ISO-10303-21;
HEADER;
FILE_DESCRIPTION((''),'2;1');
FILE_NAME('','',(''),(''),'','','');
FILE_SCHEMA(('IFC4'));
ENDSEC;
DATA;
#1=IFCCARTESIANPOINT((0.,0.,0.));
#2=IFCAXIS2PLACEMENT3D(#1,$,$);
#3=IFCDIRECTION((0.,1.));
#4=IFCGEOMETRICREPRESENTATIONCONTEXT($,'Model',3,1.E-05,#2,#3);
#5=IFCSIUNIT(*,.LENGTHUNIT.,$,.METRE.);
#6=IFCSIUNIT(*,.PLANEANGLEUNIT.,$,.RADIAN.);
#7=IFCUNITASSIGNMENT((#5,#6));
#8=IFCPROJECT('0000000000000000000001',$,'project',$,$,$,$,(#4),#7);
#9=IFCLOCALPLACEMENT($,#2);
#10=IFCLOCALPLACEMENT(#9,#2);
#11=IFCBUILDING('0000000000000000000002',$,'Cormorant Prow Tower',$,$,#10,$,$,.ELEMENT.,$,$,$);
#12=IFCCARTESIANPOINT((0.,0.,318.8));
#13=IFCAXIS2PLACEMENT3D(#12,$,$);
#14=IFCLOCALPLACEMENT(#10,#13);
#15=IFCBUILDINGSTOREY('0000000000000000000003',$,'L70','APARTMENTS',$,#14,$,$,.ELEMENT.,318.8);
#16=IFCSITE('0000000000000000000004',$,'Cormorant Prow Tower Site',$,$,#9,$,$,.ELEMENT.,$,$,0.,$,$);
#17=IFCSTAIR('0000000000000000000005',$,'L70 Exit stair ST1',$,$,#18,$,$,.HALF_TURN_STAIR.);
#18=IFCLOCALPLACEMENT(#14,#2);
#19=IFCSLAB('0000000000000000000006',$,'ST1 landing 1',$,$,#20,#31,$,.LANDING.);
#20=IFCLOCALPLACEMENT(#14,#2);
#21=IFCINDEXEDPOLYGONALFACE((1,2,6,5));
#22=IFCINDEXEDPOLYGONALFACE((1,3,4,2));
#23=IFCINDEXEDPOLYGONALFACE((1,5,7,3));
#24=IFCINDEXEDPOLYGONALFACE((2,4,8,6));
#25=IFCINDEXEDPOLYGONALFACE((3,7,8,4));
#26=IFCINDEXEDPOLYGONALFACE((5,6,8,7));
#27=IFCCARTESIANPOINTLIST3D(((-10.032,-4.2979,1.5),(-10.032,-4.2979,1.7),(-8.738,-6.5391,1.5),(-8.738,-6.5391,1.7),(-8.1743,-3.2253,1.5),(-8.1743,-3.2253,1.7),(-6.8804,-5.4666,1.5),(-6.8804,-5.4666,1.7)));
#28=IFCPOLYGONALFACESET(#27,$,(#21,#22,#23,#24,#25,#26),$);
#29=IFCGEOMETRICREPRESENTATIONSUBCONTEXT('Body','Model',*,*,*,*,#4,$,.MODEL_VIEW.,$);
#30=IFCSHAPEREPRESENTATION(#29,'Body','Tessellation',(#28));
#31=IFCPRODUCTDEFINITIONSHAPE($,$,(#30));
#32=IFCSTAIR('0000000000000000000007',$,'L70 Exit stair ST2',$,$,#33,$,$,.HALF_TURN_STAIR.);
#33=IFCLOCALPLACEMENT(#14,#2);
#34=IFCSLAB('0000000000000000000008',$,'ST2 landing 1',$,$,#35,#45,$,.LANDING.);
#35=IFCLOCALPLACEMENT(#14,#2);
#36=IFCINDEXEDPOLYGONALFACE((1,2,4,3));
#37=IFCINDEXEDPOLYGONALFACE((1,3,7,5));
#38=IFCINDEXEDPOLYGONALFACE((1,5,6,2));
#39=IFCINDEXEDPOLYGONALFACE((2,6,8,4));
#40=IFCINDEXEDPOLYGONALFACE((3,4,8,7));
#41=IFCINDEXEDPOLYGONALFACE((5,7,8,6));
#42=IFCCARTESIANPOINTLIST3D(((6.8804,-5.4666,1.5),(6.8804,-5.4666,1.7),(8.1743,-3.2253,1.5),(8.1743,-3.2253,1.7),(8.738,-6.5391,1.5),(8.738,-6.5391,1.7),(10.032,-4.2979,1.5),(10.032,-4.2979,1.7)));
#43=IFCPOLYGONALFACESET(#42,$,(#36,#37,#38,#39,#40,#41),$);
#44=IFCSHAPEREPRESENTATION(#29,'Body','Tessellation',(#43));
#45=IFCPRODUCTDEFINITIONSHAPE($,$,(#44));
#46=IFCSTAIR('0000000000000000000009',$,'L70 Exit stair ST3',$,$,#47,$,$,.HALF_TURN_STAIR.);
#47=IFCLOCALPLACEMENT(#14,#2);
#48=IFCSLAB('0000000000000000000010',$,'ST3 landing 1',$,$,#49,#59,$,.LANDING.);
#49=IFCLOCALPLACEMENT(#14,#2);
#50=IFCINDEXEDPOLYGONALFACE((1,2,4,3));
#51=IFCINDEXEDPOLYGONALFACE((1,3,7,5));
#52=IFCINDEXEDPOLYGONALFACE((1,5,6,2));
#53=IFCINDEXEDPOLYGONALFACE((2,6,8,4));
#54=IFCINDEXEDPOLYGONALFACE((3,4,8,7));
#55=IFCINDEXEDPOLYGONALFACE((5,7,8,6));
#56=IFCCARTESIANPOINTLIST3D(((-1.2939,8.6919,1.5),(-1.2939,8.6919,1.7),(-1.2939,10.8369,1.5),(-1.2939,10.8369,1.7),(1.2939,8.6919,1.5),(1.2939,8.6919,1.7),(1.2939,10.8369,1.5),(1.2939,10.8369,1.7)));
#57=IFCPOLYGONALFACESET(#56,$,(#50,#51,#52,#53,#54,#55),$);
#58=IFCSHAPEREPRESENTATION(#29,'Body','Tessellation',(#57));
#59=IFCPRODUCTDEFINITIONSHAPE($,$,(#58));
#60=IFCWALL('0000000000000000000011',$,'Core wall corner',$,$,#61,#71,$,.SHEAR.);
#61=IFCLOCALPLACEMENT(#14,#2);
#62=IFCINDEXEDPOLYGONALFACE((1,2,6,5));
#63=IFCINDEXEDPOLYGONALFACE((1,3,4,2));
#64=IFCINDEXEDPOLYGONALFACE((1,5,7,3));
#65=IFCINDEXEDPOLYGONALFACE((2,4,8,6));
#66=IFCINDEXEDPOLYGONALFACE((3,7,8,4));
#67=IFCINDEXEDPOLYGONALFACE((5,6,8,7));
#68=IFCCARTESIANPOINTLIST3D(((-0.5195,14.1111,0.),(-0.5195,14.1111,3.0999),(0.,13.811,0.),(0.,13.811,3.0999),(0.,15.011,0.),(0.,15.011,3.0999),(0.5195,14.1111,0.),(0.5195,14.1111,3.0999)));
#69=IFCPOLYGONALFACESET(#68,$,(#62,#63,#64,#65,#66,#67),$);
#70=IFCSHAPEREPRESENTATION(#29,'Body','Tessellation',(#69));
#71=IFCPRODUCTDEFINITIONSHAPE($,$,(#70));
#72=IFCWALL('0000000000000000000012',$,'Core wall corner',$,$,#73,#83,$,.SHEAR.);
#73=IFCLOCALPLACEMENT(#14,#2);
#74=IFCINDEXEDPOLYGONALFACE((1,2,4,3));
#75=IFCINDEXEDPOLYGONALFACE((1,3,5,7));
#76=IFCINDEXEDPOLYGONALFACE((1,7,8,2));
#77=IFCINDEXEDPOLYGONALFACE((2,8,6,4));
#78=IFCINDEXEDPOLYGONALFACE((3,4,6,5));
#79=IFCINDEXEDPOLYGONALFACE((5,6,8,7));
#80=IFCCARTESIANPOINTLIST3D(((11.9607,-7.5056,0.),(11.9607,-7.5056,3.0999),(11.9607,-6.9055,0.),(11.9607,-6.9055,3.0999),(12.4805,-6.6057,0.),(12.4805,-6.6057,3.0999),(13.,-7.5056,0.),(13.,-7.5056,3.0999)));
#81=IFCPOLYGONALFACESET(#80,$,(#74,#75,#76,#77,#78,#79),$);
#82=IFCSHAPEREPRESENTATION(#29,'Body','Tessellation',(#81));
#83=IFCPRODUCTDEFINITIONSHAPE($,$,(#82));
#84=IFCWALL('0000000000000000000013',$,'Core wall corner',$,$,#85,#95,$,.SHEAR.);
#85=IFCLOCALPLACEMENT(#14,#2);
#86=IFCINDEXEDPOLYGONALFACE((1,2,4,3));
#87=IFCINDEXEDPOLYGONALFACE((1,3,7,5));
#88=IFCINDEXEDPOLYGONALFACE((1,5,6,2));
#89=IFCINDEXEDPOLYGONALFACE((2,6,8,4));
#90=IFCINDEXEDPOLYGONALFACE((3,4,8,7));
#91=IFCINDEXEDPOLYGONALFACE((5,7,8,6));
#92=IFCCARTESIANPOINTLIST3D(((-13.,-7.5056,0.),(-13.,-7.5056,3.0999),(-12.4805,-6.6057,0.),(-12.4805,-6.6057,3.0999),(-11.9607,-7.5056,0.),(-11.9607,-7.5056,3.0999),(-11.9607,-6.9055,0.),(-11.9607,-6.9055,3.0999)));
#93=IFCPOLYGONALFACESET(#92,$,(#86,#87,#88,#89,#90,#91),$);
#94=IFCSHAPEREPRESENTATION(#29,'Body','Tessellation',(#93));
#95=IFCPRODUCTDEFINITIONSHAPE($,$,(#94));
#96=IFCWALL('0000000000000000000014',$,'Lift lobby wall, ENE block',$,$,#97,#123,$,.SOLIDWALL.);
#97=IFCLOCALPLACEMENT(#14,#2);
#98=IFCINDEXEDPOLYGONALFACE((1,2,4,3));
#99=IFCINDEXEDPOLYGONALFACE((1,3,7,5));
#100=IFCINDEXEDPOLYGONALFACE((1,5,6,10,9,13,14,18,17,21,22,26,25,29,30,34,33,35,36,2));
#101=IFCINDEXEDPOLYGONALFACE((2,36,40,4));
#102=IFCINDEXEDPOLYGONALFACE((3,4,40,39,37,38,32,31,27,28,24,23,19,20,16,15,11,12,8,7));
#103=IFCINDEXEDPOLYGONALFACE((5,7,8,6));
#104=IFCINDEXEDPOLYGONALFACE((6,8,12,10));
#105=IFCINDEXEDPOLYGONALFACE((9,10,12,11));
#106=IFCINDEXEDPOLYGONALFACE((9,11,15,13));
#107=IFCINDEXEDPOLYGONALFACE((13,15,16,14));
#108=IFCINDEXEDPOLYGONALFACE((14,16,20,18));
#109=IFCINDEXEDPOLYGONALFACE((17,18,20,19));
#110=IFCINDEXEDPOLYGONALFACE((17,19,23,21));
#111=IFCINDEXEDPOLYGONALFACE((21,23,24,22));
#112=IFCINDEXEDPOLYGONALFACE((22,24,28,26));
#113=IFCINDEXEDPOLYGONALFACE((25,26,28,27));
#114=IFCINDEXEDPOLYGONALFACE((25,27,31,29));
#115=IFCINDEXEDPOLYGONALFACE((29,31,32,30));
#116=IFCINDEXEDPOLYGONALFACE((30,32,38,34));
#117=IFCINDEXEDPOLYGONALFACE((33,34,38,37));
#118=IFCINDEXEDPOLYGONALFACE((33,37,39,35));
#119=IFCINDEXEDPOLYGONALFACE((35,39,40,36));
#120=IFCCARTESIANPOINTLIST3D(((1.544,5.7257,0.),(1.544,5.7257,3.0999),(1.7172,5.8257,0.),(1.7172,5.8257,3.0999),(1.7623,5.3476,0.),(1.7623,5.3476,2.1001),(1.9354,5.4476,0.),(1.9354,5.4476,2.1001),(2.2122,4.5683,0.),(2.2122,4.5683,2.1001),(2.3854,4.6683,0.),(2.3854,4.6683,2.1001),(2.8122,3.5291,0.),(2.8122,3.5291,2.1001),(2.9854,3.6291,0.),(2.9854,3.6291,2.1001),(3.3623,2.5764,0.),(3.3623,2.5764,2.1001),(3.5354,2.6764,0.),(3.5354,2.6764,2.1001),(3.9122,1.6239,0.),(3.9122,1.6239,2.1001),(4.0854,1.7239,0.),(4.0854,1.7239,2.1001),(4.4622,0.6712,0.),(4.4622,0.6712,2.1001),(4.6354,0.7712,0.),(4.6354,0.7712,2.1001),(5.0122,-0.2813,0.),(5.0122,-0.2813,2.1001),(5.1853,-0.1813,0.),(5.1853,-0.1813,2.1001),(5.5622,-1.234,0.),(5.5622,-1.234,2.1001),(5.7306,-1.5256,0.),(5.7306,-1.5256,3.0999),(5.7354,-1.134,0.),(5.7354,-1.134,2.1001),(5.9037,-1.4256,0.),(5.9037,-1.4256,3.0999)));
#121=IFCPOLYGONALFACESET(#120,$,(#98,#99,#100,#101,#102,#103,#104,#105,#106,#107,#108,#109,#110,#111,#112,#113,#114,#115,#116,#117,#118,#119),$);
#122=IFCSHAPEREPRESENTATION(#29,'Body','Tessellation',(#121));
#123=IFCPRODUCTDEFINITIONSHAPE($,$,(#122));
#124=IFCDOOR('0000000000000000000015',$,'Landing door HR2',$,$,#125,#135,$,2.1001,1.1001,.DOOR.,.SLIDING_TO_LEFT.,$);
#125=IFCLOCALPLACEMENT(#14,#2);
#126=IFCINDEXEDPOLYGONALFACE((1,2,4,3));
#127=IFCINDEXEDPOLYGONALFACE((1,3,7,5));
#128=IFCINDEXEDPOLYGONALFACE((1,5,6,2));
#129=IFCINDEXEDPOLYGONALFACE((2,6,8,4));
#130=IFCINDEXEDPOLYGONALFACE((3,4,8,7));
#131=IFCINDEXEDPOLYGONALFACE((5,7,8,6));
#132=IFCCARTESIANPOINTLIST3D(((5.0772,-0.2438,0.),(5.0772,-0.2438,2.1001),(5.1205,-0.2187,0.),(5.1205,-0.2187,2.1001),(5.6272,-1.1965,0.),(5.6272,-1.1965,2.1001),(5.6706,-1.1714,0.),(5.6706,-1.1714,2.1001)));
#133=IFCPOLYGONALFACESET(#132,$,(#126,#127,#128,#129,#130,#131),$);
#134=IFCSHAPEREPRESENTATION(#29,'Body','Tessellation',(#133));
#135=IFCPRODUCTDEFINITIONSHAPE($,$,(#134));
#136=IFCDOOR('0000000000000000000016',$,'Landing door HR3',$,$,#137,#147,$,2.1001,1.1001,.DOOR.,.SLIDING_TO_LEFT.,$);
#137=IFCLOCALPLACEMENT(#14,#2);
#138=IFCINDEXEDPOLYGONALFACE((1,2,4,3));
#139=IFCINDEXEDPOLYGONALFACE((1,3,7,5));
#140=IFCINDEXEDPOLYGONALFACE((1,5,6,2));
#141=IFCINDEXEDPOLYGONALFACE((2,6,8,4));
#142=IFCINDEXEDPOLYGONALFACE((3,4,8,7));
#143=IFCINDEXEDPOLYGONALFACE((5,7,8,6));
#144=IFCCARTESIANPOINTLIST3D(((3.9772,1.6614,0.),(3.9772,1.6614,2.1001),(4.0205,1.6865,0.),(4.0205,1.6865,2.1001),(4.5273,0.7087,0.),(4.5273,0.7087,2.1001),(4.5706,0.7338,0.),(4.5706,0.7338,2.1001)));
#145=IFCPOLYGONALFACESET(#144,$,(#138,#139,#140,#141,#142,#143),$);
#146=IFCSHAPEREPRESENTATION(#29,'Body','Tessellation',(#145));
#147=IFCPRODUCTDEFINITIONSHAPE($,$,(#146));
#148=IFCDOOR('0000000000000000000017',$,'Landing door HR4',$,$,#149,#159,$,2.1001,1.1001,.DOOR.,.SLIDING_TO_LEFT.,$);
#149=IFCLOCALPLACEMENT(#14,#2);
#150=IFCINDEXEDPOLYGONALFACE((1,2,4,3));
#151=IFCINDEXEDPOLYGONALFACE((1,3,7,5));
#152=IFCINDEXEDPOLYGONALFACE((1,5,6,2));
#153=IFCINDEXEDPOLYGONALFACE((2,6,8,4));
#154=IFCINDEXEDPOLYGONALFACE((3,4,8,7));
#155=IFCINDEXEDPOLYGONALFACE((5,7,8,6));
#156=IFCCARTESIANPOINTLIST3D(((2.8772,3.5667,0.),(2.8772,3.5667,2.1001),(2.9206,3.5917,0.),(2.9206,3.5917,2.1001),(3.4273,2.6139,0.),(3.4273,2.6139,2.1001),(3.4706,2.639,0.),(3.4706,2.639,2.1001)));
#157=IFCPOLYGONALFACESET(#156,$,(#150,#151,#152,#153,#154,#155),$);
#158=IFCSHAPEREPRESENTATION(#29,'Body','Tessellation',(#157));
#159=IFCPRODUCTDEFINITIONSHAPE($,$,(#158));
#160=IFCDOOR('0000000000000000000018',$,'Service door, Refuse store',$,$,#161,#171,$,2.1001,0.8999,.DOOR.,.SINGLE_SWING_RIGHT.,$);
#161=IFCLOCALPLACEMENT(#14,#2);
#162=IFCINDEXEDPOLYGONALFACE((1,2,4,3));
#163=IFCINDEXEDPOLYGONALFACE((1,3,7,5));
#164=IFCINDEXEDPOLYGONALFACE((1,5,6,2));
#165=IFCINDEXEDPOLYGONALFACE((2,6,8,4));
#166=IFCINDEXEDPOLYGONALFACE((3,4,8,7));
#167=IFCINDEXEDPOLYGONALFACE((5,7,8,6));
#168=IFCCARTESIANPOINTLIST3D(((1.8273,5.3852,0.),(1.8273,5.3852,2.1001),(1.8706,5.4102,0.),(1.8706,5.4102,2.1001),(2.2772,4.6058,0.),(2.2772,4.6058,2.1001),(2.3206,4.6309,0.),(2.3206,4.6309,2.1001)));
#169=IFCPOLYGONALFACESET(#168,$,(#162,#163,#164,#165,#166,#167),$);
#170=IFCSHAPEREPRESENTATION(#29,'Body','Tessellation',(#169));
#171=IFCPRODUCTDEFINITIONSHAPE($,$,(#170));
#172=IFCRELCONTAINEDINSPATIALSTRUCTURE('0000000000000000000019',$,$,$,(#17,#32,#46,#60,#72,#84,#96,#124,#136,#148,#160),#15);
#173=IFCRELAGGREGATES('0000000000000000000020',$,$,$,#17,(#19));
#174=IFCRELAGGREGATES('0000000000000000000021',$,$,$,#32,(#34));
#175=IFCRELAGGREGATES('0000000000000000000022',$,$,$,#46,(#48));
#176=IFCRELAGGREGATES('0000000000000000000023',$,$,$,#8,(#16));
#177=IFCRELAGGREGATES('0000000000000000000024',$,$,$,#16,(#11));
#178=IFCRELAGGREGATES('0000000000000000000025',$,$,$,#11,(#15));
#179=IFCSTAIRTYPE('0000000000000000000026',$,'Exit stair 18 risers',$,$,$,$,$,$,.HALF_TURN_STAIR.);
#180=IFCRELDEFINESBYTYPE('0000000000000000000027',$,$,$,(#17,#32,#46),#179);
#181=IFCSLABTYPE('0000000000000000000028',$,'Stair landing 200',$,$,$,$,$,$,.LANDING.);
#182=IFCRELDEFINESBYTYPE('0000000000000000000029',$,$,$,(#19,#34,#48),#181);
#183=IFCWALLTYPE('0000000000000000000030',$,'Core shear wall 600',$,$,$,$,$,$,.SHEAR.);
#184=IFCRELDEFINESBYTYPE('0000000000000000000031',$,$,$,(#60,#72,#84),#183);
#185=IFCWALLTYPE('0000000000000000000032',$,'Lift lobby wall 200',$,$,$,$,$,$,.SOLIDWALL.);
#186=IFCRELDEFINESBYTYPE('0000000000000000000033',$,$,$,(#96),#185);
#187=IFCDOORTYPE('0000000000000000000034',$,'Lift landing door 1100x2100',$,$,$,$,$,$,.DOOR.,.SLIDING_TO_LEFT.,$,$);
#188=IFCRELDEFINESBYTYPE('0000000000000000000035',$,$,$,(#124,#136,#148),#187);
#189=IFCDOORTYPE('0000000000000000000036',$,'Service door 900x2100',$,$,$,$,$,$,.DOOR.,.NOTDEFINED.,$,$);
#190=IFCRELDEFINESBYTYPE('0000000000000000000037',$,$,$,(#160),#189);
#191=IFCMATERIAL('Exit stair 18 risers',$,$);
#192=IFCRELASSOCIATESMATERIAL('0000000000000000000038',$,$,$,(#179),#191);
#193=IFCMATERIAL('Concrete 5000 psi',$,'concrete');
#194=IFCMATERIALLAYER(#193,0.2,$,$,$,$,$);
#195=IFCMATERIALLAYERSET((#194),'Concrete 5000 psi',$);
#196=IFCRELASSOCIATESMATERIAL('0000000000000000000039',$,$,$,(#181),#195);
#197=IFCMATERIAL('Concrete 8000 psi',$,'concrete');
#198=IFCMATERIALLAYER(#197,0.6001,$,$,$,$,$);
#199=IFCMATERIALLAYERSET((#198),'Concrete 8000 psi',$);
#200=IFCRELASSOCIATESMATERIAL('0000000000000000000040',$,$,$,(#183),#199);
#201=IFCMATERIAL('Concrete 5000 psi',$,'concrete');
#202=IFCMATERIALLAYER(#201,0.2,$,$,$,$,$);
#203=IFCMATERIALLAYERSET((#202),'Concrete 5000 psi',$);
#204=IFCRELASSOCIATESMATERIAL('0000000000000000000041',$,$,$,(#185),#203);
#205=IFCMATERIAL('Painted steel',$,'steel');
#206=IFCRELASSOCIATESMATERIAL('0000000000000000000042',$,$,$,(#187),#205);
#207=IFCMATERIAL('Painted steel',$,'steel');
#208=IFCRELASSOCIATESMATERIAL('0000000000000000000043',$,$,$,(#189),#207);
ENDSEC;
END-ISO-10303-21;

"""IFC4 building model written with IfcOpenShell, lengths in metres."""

from ifc_helpers import new_model, si_unit, direction, frame, frame_2d, origin, place, context, subcontext, project, spatial, polyline, rectangle, outline, extrude, material, layer, layer_set, type_object, element, fill, aggregate, save


model = new_model("IFC4")

# Units and contexts
model_context = context("Model", 3, precision=1e-05, world=origin(), true_north=direction((0.0, 1.0)))
body_context = subcontext(model_context, "Body", "Model", "MODEL_VIEW")
ifc_project = project(units=[si_unit("LENGTHUNIT", "METRE"), si_unit("PLANEANGLEUNIT", "RADIAN")], contexts=[model_context])

# Site, building, storey
site_placement = place(None, origin())
site = spatial("IfcSite", under=ifc_project, at=site_placement, Name="Cormorant Prow Tower Site", CompositionType="ELEMENT", RefElevation=0.0)
building_placement = place(site_placement, origin())
building = spatial("IfcBuilding", under=site, at=building_placement, Name="Cormorant Prow Tower", CompositionType="ELEMENT")
storey_placement = place(building_placement, frame((0.0, 0.0, 318.8)))
storey = spatial("IfcBuildingStorey", under=building, at=storey_placement, Name="L70", Description="APARTMENTS", CompositionType="ELEMENT", Elevation=318.8)

# Stairs, slabs
ifc_material_1 = material(Name="Exit stair 18 risers")
stair_type = type_object("IfcStairType", Name="Exit stair 18 risers", PredefinedType="HALF_TURN_STAIR", material=ifc_material_1)
stair_1_placement = place(storey_placement, origin())
stair_1 = element("IfcStair", 1, at=stair_1_placement, inside=storey, type_object=stair_type, Name="L70 Exit stair ST1", PredefinedType="HALF_TURN_STAIR")
ifc_material_2 = material(Name="Concrete 5000 psi", Category="concrete")
ifc_layer_1 = layer(ifc_material_2, 0.2)
ifc_layer_set_1 = layer_set([ifc_layer_1], Name="Concrete 5000 psi")
slab_type = type_object("IfcSlabType", Name="Stair landing 200", PredefinedType="LANDING", material=ifc_layer_set_1)
slab_1_placement = place(storey_placement, frame((0.0, 0.0, 1.5)))
slab_1 = element("IfcSlab", 2, at=slab_1_placement, type_object=slab_type, Name="ST1 landing 1", PredefinedType="LANDING", context=body_context, shape_type="SweptSolid", body=[
    extrude(outline(polyline([(-8.1743, -3.2253), (-10.032, -4.2979), (-8.738, -6.5391), (-6.8804, -5.4666), (-8.1743, -3.2253)])), origin(), (0.0, 0.0, 1.0), 0.2),
])
aggregate(stair_1, [slab_1])
stair_2_placement = place(storey_placement, origin())
stair_2 = element("IfcStair", 3, at=stair_2_placement, inside=storey, type_object=stair_type, Name="L70 Exit stair ST2", PredefinedType="HALF_TURN_STAIR")
slab_2_placement = place(storey_placement, frame((0.0, 0.0, 1.5)))
slab_2 = element("IfcSlab", 4, at=slab_2_placement, type_object=slab_type, Name="ST2 landing 1", PredefinedType="LANDING", context=body_context, shape_type="SweptSolid", body=[
    extrude(outline(polyline([(6.8804, -5.4666), (8.738, -6.5391), (10.032, -4.2979), (8.1743, -3.2253), (6.8804, -5.4666)])), origin(), (0.0, 0.0, 1.0), 0.2),
])
aggregate(stair_2, [slab_2])
stair_3_placement = place(storey_placement, origin())
stair_3 = element("IfcStair", 5, at=stair_3_placement, inside=storey, type_object=stair_type, Name="L70 Exit stair ST3", PredefinedType="HALF_TURN_STAIR")
slab_3_placement = place(storey_placement, frame((0.0, 0.0, 1.5)))
slab_3 = element("IfcSlab", 6, at=slab_3_placement, type_object=slab_type, Name="ST3 landing 1", PredefinedType="LANDING", context=body_context, shape_type="SweptSolid", body=[
    extrude(outline(polyline([(1.2939, 8.6919), (1.2939, 10.8369), (-1.2939, 10.8369), (-1.2939, 8.6919), (1.2939, 8.6919)])), origin(), (0.0, 0.0, 1.0), 0.2),
])

# Walls
ifc_material_3 = material(Name="Concrete 8000 psi", Category="concrete")
ifc_layer_2 = layer(ifc_material_3, 0.6001)
ifc_layer_set_2 = layer_set([ifc_layer_2], Name="Concrete 8000 psi")
wall_type_1 = type_object("IfcWallType", Name="Core shear wall 600", PredefinedType="SHEAR", material=ifc_layer_set_2)
wall_1_placement = place(storey_placement, origin())
element("IfcWall", 7, at=wall_1_placement, inside=storey, type_object=wall_type_1, Name="Core wall corner", PredefinedType="SHEAR", context=body_context, shape_type="SweptSolid", body=[
    extrude(outline(polyline([(0.0, 13.811), (-0.5195, 14.1111), (0.0, 15.011), (0.5195, 14.1111), (0.0, 13.811)])), origin(), (0.0, 0.0, 1.0), 3.0999),
])
wall_2_placement = place(storey_placement, origin())
element("IfcWall", 8, at=wall_2_placement, inside=storey, type_object=wall_type_1, Name="Core wall corner", PredefinedType="SHEAR", context=body_context, shape_type="SweptSolid", body=[
    extrude(outline(polyline([(11.9607, -7.5056), (11.9607, -6.9055), (12.4805, -6.6057), (13.0, -7.5056), (11.9607, -7.5056)])), origin(), (0.0, 0.0, 1.0), 3.0999),
])
wall_3_placement = place(storey_placement, origin())
element("IfcWall", 9, at=wall_3_placement, inside=storey, type_object=wall_type_1, Name="Core wall corner", PredefinedType="SHEAR", context=body_context, shape_type="SweptSolid", body=[
    extrude(outline(polyline([(-12.4805, -6.6057), (-11.9607, -6.9055), (-11.9607, -7.5056), (-13.0, -7.5056), (-12.4805, -6.6057)])), origin(), (0.0, 0.0, 1.0), 3.0999),
])

# Wall, openings, doors
ifc_material_4 = material(Name="Concrete 5000 psi", Category="concrete")
ifc_layer_3 = layer(ifc_material_4, 0.2)
ifc_layer_set_3 = layer_set([ifc_layer_3], Name="Concrete 5000 psi")
wall_type_2 = type_object("IfcWallType", Name="Lift lobby wall 200", PredefinedType="SOLIDWALL", material=ifc_layer_set_3)
wall_4_placement = place(storey_placement, frame((5.8171, -1.4756, 0.0), z_axis=(0.0, 0.0, 1.0), x_axis=(-0.500003, 0.866024, 0.0)))
wall_4 = element("IfcWall", 10, at=wall_4_placement, inside=storey, type_object=wall_type_2, Name="Lift lobby wall, ENE block", PredefinedType="SOLIDWALL", context=body_context, shape_type="SweptSolid", body=[
    extrude(rectangle(XDim=8.373, YDim=0.2, at=frame_2d((4.1865, 0.0))), origin(), (0.0, 0.0, 1.0), 3.0999),
])
opening_1_placement = place(wall_4_placement, frame((0.3367, 0.0, 0.0)))
opening_1 = element("IfcOpeningElement", 11, at=opening_1_placement, cuts=wall_4, PredefinedType="OPENING", context=body_context, shape_type="SweptSolid", body=[
    extrude(rectangle(XDim=1.1001, YDim=2.1001, at=frame_2d((0.55, 1.05))), frame((0.0, 0.1099, 0.0), z_axis=(0.0, -1.0, 0.0), x_axis=(1.0, 0.0, 0.0)), (0.0, 0.0, 1.0), 0.22),
])
opening_2_placement = place(wall_4_placement, frame((2.5366, 0.0, 0.0)))
opening_2 = element("IfcOpeningElement", 12, at=opening_2_placement, cuts=wall_4, PredefinedType="OPENING", context=body_context, shape_type="SweptSolid", body=[
    extrude(rectangle(XDim=1.1001, YDim=2.1001, at=frame_2d((0.55, 1.05))), frame((0.0, 0.1099, 0.0), z_axis=(0.0, -1.0, 0.0), x_axis=(1.0, 0.0, 0.0)), (0.0, 0.0, 1.0), 0.22),
])
opening_3_placement = place(wall_4_placement, frame((4.7366, 0.0, 0.0)))
opening_3 = element("IfcOpeningElement", 13, at=opening_3_placement, cuts=wall_4, PredefinedType="OPENING", context=body_context, shape_type="SweptSolid", body=[
    extrude(rectangle(XDim=1.1001, YDim=2.1001, at=frame_2d((0.55, 1.05))), frame((0.0, 0.1099, 0.0), z_axis=(0.0, -1.0, 0.0), x_axis=(1.0, 0.0, 0.0)), (0.0, 0.0, 1.0), 0.22),
])
opening_4_placement = place(wall_4_placement, frame((7.0366, 0.0, 0.0)))
opening_4 = element("IfcOpeningElement", 14, at=opening_4_placement, cuts=wall_4, PredefinedType="OPENING", context=body_context, shape_type="SweptSolid", body=[
    extrude(rectangle(XDim=0.8999, YDim=2.1001, at=frame_2d((0.45, 1.05))), frame((0.0, 0.1099, 0.0), z_axis=(0.0, -1.0, 0.0), x_axis=(1.0, 0.0, 0.0)), (0.0, 0.0, 1.0), 0.22),
])
ifc_material_5 = material(Name="Painted steel", Category="steel")
door_type_1 = type_object("IfcDoorType", Name="Lift landing door 1100x2100", OperationType="SLIDING_TO_LEFT", PredefinedType="DOOR", material=ifc_material_5)
door_1_placement = place(opening_1_placement, origin())
door_1 = element("IfcDoor", 15, at=door_1_placement, inside=storey, type_object=door_type_1, Name="Landing door HR2", OperationType="SLIDING_TO_LEFT", OverallHeight=2.1001, OverallWidth=1.1001, PredefinedType="DOOR", context=body_context, shape_type="SweptSolid", body=[
    extrude(rectangle(XDim=1.1001, YDim=2.1001, at=frame_2d((0.55, 1.05))), frame((0.0, 0.0249, 0.0), z_axis=(0.0, -1.0, 0.0), x_axis=(1.0, 0.0, 0.0)), (0.0, 0.0, 1.0), 0.05),
])
fill(opening_1, door_1)
door_2_placement = place(opening_2_placement, origin())
door_2 = element("IfcDoor", 16, at=door_2_placement, inside=storey, type_object=door_type_1, Name="Landing door HR3", OperationType="SLIDING_TO_LEFT", OverallHeight=2.1001, OverallWidth=1.1001, PredefinedType="DOOR", context=body_context, shape_type="SweptSolid", body=[
    extrude(rectangle(XDim=1.1001, YDim=2.1001, at=frame_2d((0.55, 1.05))), frame((0.0, 0.0249, 0.0), z_axis=(0.0, -1.0, 0.0), x_axis=(1.0, 0.0, 0.0)), (0.0, 0.0, 1.0), 0.05),
])
fill(opening_2, door_2)
door_3_placement = place(opening_3_placement, origin())
door_3 = element("IfcDoor", 17, at=door_3_placement, inside=storey, type_object=door_type_1, Name="Landing door HR4", OperationType="SLIDING_TO_LEFT", OverallHeight=2.1001, OverallWidth=1.1001, PredefinedType="DOOR", context=body_context, shape_type="SweptSolid", body=[
    extrude(rectangle(XDim=1.1001, YDim=2.1001, at=frame_2d((0.55, 1.05))), frame((0.0, 0.0249, 0.0), z_axis=(0.0, -1.0, 0.0), x_axis=(1.0, 0.0, 0.0)), (0.0, 0.0, 1.0), 0.05),
])
fill(opening_3, door_3)
ifc_material_6 = material(Name="Painted steel", Category="steel")
door_type_2 = type_object("IfcDoorType", Name="Service door 900x2100", OperationType="NOTDEFINED", PredefinedType="DOOR", material=ifc_material_6)
door_4_placement = place(opening_4_placement, origin())
door_4 = element("IfcDoor", 18, at=door_4_placement, inside=storey, type_object=door_type_2, Name="Service door, Refuse store", OperationType="SINGLE_SWING_RIGHT", OverallHeight=2.1001, OverallWidth=0.8999, PredefinedType="DOOR", context=body_context, shape_type="SweptSolid", body=[
    extrude(rectangle(XDim=0.8999, YDim=2.1001, at=frame_2d((0.45, 1.05))), frame((0.0, 0.0249, 0.0), z_axis=(0.0, -1.0, 0.0), x_axis=(1.0, 0.0, 0.0)), (0.0, 0.0, 1.0), 0.05),
])
fill(opening_4, door_4)

aggregate(stair_3, [slab_3])

save(model, "model.ifc")
